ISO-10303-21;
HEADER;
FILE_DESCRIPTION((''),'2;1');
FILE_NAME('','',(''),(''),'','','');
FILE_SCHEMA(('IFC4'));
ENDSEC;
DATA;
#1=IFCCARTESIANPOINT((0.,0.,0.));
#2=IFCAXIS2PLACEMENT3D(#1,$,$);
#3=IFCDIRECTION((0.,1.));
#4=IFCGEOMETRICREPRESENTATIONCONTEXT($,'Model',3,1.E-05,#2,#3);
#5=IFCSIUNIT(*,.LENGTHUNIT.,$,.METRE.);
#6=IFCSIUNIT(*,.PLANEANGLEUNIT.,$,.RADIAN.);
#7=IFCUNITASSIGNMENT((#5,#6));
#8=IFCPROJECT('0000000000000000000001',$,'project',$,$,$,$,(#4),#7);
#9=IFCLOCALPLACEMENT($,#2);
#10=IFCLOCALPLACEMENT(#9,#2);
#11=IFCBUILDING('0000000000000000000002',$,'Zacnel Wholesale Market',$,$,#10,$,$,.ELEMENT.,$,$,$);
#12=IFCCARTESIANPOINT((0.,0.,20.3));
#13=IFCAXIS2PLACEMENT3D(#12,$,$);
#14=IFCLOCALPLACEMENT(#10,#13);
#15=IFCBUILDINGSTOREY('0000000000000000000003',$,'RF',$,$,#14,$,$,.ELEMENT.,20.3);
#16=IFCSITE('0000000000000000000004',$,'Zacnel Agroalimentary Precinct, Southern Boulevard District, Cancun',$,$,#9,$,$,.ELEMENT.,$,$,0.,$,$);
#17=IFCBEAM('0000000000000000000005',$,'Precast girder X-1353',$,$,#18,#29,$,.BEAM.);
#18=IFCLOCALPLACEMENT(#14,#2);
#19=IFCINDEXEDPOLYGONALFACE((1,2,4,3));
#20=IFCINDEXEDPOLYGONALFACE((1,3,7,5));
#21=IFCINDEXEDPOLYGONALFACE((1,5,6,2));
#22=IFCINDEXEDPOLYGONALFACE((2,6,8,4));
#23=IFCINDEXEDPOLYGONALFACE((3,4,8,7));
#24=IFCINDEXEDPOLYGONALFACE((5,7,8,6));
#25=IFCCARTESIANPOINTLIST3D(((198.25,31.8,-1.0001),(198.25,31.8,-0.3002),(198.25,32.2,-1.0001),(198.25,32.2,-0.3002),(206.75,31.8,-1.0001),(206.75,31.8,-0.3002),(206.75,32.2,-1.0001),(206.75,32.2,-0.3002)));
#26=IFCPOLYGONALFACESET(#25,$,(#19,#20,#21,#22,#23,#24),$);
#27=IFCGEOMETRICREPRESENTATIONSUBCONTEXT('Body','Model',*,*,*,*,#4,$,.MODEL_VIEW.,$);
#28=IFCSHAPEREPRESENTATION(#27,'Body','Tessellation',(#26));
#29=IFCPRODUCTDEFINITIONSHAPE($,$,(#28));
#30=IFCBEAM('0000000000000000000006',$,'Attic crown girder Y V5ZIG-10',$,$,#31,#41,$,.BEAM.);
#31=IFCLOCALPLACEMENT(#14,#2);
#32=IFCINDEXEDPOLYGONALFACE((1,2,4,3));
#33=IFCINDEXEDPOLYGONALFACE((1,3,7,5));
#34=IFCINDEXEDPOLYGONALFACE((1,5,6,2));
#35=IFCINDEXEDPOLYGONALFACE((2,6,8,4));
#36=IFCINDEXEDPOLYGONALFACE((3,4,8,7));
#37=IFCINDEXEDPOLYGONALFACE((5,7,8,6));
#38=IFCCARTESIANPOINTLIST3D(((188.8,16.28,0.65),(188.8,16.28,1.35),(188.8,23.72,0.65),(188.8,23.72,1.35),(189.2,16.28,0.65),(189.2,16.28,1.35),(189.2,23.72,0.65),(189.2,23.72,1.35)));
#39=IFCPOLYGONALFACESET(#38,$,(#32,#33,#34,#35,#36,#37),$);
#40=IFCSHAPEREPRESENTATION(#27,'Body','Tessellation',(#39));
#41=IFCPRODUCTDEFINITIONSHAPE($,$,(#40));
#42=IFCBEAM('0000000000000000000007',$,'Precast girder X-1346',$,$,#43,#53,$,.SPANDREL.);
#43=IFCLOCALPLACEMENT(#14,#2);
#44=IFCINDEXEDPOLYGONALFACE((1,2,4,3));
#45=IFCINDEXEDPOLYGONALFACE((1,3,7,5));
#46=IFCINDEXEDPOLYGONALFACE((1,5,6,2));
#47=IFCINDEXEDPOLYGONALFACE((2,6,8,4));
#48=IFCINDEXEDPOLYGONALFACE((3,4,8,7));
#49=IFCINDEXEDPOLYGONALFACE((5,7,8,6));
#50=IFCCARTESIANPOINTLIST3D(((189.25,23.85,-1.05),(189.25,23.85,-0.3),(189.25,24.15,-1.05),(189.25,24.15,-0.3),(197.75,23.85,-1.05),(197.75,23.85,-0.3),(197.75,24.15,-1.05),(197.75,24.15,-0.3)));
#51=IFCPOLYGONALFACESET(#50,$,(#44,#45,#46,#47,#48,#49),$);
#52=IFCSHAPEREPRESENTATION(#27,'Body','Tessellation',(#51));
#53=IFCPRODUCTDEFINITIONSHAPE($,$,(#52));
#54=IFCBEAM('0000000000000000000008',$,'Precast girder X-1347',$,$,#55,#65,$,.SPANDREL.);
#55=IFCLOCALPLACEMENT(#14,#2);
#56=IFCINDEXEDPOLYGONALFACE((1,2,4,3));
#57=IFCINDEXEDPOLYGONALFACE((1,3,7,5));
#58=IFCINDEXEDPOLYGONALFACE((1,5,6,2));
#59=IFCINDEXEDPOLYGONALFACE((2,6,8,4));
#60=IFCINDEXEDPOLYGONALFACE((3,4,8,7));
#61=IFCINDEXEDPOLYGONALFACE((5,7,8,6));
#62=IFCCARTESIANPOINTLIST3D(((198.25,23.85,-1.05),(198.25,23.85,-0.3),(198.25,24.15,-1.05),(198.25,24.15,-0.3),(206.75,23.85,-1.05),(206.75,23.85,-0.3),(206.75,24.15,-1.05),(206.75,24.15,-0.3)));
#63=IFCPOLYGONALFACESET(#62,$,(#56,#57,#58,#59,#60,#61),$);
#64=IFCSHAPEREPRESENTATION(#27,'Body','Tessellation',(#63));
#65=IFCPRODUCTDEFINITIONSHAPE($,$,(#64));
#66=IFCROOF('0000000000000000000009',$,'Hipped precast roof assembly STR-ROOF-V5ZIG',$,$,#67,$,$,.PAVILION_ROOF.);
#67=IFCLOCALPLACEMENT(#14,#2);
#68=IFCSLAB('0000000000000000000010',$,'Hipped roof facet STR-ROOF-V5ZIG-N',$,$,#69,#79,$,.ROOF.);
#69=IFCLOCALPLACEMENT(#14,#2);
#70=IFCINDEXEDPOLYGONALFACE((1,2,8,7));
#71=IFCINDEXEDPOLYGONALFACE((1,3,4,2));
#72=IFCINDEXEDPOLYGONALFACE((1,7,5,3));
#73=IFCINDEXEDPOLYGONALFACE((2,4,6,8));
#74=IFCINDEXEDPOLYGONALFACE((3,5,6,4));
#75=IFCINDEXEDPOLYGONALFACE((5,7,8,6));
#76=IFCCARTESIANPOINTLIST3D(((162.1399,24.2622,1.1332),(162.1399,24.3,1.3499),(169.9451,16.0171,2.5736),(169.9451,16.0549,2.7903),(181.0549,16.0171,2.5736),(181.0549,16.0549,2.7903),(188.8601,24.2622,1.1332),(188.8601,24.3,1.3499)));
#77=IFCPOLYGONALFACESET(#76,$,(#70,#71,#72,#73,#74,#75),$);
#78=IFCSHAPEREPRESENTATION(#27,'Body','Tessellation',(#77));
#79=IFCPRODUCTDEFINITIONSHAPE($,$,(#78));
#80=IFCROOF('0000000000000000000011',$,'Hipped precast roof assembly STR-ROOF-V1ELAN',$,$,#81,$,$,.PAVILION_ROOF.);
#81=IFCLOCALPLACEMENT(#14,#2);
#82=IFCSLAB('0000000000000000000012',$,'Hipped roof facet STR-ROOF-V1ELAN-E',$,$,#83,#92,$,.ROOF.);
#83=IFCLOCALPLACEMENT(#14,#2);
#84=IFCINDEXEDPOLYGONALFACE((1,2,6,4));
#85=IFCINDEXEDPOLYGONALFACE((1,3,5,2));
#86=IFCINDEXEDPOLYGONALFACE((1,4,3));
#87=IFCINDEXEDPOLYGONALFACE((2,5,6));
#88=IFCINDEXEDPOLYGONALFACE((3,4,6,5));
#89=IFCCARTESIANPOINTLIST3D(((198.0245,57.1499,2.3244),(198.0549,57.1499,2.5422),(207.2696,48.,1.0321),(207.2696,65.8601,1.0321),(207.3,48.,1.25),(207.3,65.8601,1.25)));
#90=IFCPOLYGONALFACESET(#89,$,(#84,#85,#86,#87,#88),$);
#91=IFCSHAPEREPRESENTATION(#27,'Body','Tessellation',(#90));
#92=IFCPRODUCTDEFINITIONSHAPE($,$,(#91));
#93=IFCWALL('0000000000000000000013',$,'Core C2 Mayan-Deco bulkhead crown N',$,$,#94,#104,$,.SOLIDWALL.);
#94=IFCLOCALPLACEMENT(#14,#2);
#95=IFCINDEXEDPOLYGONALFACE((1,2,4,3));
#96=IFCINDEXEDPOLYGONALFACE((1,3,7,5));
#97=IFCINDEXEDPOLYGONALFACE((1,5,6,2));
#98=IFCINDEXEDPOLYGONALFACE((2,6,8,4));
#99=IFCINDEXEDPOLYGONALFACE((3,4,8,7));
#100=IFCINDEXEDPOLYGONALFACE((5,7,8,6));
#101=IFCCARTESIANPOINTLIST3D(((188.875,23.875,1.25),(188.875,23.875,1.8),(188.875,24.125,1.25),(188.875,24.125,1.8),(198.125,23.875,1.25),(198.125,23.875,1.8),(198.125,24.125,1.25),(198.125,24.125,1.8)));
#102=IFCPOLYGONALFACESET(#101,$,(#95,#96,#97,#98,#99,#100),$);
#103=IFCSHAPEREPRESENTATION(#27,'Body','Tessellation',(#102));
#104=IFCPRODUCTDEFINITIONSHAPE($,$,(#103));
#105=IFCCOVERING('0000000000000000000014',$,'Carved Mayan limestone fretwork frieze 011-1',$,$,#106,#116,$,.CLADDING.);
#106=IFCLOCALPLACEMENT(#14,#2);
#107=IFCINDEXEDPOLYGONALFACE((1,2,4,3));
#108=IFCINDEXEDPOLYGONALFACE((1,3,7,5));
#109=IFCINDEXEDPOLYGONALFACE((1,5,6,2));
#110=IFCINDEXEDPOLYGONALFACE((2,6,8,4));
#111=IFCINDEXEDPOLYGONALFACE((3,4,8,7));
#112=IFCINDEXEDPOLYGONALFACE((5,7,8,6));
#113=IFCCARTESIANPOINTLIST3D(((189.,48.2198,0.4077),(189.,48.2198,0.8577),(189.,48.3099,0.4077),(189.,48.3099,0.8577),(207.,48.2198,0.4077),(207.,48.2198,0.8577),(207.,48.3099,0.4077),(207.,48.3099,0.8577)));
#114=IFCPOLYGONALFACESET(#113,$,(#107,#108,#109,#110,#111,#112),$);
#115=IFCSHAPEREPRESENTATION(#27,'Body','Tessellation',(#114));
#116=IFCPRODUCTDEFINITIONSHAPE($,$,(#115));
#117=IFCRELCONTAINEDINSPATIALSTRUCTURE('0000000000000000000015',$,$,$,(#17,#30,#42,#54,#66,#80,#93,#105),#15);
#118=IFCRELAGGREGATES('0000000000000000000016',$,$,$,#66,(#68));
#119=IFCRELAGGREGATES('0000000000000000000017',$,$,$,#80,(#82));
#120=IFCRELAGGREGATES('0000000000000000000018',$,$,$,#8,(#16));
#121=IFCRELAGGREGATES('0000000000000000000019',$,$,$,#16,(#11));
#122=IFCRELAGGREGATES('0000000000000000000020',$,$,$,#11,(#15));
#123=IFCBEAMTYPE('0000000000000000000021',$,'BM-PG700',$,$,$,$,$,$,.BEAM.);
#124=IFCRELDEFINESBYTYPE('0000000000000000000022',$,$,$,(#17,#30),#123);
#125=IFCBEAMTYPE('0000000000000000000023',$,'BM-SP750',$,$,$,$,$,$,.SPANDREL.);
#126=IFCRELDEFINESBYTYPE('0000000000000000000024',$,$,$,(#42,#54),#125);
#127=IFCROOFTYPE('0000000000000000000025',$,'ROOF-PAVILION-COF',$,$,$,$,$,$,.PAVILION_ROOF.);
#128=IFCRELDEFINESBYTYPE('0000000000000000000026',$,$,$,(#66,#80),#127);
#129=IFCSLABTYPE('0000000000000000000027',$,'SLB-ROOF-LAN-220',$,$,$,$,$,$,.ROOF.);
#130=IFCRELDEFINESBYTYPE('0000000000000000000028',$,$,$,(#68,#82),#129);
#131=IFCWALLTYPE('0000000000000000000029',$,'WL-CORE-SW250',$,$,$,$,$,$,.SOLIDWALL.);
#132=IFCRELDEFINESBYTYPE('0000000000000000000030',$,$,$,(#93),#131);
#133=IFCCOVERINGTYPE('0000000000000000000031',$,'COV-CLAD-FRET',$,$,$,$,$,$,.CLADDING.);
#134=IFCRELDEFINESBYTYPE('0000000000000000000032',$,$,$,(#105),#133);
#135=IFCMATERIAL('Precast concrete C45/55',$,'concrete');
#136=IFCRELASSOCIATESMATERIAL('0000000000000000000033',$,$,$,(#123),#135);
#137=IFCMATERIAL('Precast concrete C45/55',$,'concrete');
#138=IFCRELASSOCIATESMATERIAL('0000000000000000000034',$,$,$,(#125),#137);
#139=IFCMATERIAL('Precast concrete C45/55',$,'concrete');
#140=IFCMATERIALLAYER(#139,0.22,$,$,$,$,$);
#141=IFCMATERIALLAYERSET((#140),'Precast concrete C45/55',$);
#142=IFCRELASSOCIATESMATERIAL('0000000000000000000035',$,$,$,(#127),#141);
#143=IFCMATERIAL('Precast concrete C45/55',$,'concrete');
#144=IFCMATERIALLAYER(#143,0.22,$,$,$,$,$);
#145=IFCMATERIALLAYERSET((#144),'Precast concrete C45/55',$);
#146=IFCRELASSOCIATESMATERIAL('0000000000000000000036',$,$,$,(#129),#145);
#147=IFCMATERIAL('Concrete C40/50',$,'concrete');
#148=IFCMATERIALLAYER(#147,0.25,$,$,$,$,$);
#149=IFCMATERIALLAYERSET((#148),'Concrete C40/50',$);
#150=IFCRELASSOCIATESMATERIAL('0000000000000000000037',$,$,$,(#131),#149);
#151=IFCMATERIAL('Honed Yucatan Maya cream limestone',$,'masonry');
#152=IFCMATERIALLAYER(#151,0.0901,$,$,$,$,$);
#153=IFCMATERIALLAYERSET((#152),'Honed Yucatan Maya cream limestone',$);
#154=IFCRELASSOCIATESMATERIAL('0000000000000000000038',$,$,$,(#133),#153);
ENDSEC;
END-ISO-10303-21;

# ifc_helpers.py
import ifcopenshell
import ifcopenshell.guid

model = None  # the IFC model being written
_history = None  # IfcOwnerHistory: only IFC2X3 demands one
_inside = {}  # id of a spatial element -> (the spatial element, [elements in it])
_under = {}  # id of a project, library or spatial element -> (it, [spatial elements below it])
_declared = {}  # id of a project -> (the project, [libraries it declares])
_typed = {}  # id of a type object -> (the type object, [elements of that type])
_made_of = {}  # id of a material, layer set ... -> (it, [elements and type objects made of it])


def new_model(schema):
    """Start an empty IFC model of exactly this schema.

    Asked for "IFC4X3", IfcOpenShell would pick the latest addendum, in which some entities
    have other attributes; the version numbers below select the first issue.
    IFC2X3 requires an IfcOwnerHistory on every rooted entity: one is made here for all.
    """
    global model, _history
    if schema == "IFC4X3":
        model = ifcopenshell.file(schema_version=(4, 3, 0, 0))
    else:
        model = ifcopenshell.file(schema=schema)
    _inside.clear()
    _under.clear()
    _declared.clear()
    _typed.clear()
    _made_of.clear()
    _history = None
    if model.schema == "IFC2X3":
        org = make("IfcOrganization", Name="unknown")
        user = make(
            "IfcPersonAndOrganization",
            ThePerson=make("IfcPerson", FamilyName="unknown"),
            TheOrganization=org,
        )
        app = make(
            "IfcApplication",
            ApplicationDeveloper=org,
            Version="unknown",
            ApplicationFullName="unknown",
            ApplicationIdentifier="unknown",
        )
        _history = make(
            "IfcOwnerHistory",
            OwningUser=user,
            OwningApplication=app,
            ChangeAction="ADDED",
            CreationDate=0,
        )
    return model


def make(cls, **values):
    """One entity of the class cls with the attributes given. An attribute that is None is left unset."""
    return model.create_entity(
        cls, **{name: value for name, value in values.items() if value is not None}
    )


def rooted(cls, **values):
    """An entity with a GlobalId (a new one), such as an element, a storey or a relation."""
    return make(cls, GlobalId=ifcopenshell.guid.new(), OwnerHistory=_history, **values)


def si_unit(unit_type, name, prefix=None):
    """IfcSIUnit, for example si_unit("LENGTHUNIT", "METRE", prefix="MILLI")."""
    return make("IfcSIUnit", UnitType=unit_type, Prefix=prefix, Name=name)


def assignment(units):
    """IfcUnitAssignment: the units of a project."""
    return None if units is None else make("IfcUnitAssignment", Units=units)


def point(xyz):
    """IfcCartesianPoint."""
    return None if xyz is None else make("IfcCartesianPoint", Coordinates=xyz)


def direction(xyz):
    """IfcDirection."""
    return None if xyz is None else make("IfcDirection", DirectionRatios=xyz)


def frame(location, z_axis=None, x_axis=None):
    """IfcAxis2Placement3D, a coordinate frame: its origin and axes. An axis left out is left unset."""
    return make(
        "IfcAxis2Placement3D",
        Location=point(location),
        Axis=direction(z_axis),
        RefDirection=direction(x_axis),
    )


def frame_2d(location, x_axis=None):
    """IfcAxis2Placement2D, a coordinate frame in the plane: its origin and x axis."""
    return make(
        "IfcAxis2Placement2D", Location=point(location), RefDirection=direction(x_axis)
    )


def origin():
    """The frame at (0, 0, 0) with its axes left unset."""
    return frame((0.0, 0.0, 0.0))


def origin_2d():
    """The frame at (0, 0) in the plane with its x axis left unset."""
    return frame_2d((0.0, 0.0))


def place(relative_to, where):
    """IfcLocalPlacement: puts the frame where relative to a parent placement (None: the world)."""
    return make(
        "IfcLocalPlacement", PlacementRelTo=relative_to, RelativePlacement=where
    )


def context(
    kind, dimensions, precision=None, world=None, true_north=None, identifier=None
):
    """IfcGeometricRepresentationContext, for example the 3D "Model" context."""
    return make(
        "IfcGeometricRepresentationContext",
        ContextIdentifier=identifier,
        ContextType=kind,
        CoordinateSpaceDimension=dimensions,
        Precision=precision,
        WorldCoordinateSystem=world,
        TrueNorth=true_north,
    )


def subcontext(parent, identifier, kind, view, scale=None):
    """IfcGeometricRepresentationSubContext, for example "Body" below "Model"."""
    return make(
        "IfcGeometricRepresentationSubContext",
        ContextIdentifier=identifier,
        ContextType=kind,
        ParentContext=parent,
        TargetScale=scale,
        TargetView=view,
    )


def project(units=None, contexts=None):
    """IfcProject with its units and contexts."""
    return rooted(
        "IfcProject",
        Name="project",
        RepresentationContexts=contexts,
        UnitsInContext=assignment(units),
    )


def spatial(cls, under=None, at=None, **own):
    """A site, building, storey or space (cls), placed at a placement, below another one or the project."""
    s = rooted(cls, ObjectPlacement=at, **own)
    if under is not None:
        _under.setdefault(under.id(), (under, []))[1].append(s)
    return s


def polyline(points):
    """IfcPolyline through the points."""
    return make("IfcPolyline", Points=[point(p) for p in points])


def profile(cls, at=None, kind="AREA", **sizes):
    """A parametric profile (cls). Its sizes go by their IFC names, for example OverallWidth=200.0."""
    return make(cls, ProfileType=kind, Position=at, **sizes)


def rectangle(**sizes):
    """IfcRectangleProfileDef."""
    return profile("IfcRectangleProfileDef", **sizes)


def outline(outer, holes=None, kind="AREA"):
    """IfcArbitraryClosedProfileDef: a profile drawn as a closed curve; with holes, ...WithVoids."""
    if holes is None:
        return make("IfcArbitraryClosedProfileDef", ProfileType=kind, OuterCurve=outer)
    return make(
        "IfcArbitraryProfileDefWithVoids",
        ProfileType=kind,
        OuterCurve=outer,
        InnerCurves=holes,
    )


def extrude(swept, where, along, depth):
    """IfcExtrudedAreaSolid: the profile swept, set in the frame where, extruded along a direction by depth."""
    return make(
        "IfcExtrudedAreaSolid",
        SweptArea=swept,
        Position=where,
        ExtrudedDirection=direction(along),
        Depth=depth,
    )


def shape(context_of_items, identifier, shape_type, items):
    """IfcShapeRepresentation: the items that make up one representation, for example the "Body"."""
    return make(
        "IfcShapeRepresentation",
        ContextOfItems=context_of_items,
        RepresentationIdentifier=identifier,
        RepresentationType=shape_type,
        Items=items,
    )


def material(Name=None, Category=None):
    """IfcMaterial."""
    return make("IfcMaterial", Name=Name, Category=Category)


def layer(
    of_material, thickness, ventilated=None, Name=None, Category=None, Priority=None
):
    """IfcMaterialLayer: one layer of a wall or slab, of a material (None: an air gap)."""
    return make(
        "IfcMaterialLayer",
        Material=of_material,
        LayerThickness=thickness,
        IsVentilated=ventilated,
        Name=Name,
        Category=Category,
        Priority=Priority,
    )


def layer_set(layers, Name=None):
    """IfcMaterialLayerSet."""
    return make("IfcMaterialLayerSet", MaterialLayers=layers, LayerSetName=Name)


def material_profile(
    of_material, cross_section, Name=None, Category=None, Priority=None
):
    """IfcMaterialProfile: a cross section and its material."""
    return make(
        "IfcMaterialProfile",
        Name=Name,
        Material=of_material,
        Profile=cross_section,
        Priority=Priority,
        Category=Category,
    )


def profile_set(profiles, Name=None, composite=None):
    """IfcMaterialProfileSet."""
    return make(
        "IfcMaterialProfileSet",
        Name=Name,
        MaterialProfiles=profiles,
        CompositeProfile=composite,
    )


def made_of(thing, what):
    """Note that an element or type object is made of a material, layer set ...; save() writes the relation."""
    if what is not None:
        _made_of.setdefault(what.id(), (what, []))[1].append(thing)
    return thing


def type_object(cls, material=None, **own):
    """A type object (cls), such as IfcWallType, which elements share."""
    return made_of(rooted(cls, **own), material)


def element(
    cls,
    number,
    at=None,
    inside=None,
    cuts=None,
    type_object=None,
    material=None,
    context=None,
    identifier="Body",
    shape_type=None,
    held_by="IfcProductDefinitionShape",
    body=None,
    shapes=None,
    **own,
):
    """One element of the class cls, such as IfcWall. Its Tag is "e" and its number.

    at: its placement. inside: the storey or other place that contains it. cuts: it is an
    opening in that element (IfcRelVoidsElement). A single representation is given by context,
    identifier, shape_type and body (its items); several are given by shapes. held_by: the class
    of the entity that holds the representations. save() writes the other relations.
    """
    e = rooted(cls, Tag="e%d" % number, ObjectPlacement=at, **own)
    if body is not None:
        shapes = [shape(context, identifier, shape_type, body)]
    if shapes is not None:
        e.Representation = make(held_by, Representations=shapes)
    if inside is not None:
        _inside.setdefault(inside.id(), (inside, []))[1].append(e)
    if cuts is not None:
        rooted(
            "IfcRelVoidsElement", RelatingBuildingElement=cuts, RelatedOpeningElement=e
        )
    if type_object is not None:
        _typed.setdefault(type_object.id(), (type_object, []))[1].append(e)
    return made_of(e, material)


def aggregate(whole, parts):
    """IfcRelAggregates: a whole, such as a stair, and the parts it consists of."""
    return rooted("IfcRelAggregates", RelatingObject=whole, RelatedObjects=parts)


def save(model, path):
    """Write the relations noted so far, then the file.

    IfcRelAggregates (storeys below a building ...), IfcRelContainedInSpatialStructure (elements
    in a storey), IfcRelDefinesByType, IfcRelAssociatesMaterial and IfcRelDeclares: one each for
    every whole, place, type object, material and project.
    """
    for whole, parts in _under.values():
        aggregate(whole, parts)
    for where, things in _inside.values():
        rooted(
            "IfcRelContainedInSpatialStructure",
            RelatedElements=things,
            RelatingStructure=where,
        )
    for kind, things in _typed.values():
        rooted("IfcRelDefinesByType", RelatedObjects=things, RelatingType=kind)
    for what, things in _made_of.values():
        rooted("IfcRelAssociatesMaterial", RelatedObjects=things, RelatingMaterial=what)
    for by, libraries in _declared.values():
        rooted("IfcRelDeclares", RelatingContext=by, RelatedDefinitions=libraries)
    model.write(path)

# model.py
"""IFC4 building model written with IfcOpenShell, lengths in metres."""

from ifc_helpers import new_model, si_unit, direction, frame, frame_2d, origin, origin_2d, place, context, subcontext, project, spatial, polyline, rectangle, outline, extrude, material, layer, layer_set, material_profile, profile_set, type_object, element, aggregate, save


model = new_model("IFC4")

# Units and contexts
model_context = context("Model", 3, precision=1e-05, world=origin(), true_north=direction((0.0, 1.0)))
body_context = subcontext(model_context, "Body", "Model", "MODEL_VIEW")
ifc_project = project(units=[si_unit("LENGTHUNIT", "METRE"), si_unit("PLANEANGLEUNIT", "RADIAN")], contexts=[model_context])

# Site, building, storey
site_placement = place(None, origin())
site = spatial("IfcSite", under=ifc_project, at=site_placement, Name="Zacnel Agroalimentary Precinct, Southern Boulevard District, Cancun", CompositionType="ELEMENT", RefElevation=0.0)
building_placement = place(site_placement, origin())
building = spatial("IfcBuilding", under=site, at=building_placement, Name="Zacnel Wholesale Market", CompositionType="ELEMENT")
storey_placement = place(building_placement, frame((0.0, 0.0, 20.3)))
storey = spatial("IfcBuildingStorey", under=building, at=storey_placement, Name="RF", CompositionType="ELEMENT", Elevation=20.3)

# Beams
ifc_material_1 = material(Name="Precast concrete C45/55", Category="concrete")
ifc_material_profile_1 = material_profile(ifc_material_1, rectangle(XDim=0.3999, YDim=0.7, at=origin_2d()), Name="PG 400x700")
ifc_profile_set_1 = profile_set([ifc_material_profile_1], Name="Precast concrete C45/55")
beam_type_1 = type_object("IfcBeamType", Name="BM-PG700", PredefinedType="BEAM", material=ifc_profile_set_1)
for number, where, z_axis, x_axis, name in (
    (1, (198.25, 32.0, -0.6501), (1.0, 0.0, 0.0), (0.0, 1.0, 0.0), "Precast girder X-1353"),
):
    element("IfcBeam", number, at=place(storey_placement, frame(where, z_axis=z_axis, x_axis=x_axis)), inside=storey, type_object=beam_type_1, Name=name, PredefinedType="BEAM", context=body_context, shape_type="SweptSolid", body=[
        extrude(rectangle(XDim=0.3999, YDim=0.7, at=origin_2d()), origin(), (0.0, 0.0, 1.0), 8.5),
    ])
beam_1_placement = place(storey_placement, frame((189.0, 16.28, 1.0), z_axis=(0.0, 1.0, 0.0), x_axis=(-1.0, 0.0, 0.0)))
element("IfcBeam", 2, at=beam_1_placement, inside=storey, type_object=beam_type_1, Name="Attic crown girder Y V5ZIG-10", PredefinedType="BEAM", context=body_context, shape_type="SweptSolid", body=[
    extrude(rectangle(XDim=0.3999, YDim=0.7, at=origin_2d()), origin(), (0.0, 0.0, 1.0), 7.4399),
])
ifc_material_2 = material(Name="Precast concrete C45/55", Category="concrete")
ifc_material_profile_2 = material_profile(ifc_material_2, rectangle(XDim=0.3, YDim=0.75, at=origin_2d()), Name="SP 300x750")
ifc_profile_set_2 = profile_set([ifc_material_profile_2], Name="Precast concrete C45/55")
beam_type_2 = type_object("IfcBeamType", Name="BM-SP750", PredefinedType="SPANDREL", material=ifc_profile_set_2)
for number, where, z_axis, x_axis, name in (
    (3, (189.25, 24.0, -0.675), (1.0, 0.0, 0.0), (0.0, 1.0, 0.0), "Precast girder X-1346"),
    (4, (198.25, 24.0, -0.675), (1.0, 0.0, 0.0), (0.0, 1.0, 0.0), "Precast girder X-1347"),
):
    element("IfcBeam", number, at=place(storey_placement, frame(where, z_axis=z_axis, x_axis=x_axis)), inside=storey, type_object=beam_type_2, Name=name, PredefinedType="SPANDREL", context=body_context, shape_type="SweptSolid", body=[
        extrude(rectangle(XDim=0.3, YDim=0.75, at=origin_2d()), origin(), (0.0, 0.0, 1.0), 8.5),
    ])

# Roofs, slabs
ifc_material_3 = material(Name="Precast concrete C45/55", Category="concrete")
ifc_layer_1 = layer(ifc_material_3, 0.22)
ifc_layer_set_1 = layer_set([ifc_layer_1], Name="Precast concrete C45/55")
roof_type = type_object("IfcRoofType", Name="ROOF-PAVILION-COF", PredefinedType="PAVILION_ROOF", material=ifc_layer_set_1)
roof_1_placement = place(storey_placement, origin())
roof_1 = element("IfcRoof", 5, at=roof_1_placement, inside=storey, type_object=roof_type, Name="Hipped precast roof assembly STR-ROOF-V5ZIG", PredefinedType="PAVILION_ROOF")
ifc_material_4 = material(Name="Precast concrete C45/55", Category="concrete")
ifc_layer_2 = layer(ifc_material_4, 0.22)
ifc_layer_set_2 = layer_set([ifc_layer_2], Name="Precast concrete C45/55")
slab_type = type_object("IfcSlabType", Name="SLB-ROOF-LAN-220", PredefinedType="ROOF", material=ifc_layer_set_2)
slab_1_placement = place(storey_placement, frame((188.8601, 24.3, 1.3499), z_axis=(0.0, 0.172094, 0.98508), x_axis=(-1.0, 0.0, 0.0)))
slab_1 = element("IfcSlab", 6, at=slab_1_placement, type_object=slab_type, Name="Hipped roof facet STR-ROOF-V5ZIG-N", PredefinedType="ROOF", context=body_context, shape_type="SweptSolid", body=[
    extrude(outline(polyline([(0.0, 0.0), (26.7202, 0.0), (18.915, 8.37), (7.8052, 8.37), (0.0, 0.0)])), origin(), (0.0, 0.0, -1.0), 0.22),
])
aggregate(roof_1, [slab_1])
roof_2_placement = place(storey_placement, origin())
roof_2 = element("IfcRoof", 7, at=roof_2_placement, inside=storey, type_object=roof_type, Name="Hipped precast roof assembly STR-ROOF-V1ELAN", PredefinedType="PAVILION_ROOF")
slab_2_placement = place(storey_placement, frame((207.3, 48.0, 1.25), z_axis=(0.138429, 0.0, 0.990372), x_axis=(0.0, 1.0, 0.0)))
slab_2 = element("IfcSlab", 8, at=slab_2_placement, type_object=slab_type, Name="Hipped roof facet STR-ROOF-V1ELAN-E", PredefinedType="ROOF", context=body_context, shape_type="SweptSolid", body=[
    extrude(outline(polyline([(0.0, 0.0), (17.8601, 0.0), (9.1499, 9.335), (0.0, 0.0)])), origin(), (0.0, 0.0, -1.0), 0.22),
])
aggregate(roof_2, [slab_2])

# Wall
ifc_material_5 = material(Name="Concrete C40/50", Category="concrete")
ifc_layer_3 = layer(ifc_material_5, 0.25)
ifc_layer_set_3 = layer_set([ifc_layer_3], Name="Concrete C40/50")
wall_type = type_object("IfcWallType", Name="WL-CORE-SW250", PredefinedType="SOLIDWALL", material=ifc_layer_set_3)
wall_placement = place(storey_placement, frame((188.875, 24.0, 1.25), z_axis=(0.0, 0.0, 1.0), x_axis=(1.0, 0.0, 0.0)))
element("IfcWall", 9, at=wall_placement, inside=storey, type_object=wall_type, Name="Core C2 Mayan-Deco bulkhead crown N", PredefinedType="SOLIDWALL", context=body_context, shape_type="SweptSolid", body=[
    extrude(rectangle(XDim=9.25, YDim=0.25, at=frame_2d((4.625, 0.0))), origin(), (0.0, 0.0, 1.0), 0.55),
])

# Covering
ifc_material_6 = material(Name="Honed Yucatan Maya cream limestone", Category="masonry")
ifc_layer_4 = layer(ifc_material_6, 0.0901)
ifc_layer_set_4 = layer_set([ifc_layer_4], Name="Honed Yucatan Maya cream limestone")
covering_type = type_object("IfcCoveringType", Name="COV-CLAD-FRET", PredefinedType="CLADDING", material=ifc_layer_set_4)
covering_placement = place(storey_placement, frame((198.0, 48.2649, 0.4077), z_axis=(0.0, 0.0, 1.0), x_axis=(1.0, 0.0, 0.0)))
element("IfcCovering", 10, at=covering_placement, inside=storey, type_object=covering_type, Name="Carved Mayan limestone fretwork frieze 011-1", PredefinedType="CLADDING", context=body_context, shape_type="SweptSolid", body=[
    extrude(rectangle(XDim=18.0, YDim=0.0901, at=origin_2d()), origin(), (0.0, 0.0, 1.0), 0.45),
])

save(model, "model.ifc")
